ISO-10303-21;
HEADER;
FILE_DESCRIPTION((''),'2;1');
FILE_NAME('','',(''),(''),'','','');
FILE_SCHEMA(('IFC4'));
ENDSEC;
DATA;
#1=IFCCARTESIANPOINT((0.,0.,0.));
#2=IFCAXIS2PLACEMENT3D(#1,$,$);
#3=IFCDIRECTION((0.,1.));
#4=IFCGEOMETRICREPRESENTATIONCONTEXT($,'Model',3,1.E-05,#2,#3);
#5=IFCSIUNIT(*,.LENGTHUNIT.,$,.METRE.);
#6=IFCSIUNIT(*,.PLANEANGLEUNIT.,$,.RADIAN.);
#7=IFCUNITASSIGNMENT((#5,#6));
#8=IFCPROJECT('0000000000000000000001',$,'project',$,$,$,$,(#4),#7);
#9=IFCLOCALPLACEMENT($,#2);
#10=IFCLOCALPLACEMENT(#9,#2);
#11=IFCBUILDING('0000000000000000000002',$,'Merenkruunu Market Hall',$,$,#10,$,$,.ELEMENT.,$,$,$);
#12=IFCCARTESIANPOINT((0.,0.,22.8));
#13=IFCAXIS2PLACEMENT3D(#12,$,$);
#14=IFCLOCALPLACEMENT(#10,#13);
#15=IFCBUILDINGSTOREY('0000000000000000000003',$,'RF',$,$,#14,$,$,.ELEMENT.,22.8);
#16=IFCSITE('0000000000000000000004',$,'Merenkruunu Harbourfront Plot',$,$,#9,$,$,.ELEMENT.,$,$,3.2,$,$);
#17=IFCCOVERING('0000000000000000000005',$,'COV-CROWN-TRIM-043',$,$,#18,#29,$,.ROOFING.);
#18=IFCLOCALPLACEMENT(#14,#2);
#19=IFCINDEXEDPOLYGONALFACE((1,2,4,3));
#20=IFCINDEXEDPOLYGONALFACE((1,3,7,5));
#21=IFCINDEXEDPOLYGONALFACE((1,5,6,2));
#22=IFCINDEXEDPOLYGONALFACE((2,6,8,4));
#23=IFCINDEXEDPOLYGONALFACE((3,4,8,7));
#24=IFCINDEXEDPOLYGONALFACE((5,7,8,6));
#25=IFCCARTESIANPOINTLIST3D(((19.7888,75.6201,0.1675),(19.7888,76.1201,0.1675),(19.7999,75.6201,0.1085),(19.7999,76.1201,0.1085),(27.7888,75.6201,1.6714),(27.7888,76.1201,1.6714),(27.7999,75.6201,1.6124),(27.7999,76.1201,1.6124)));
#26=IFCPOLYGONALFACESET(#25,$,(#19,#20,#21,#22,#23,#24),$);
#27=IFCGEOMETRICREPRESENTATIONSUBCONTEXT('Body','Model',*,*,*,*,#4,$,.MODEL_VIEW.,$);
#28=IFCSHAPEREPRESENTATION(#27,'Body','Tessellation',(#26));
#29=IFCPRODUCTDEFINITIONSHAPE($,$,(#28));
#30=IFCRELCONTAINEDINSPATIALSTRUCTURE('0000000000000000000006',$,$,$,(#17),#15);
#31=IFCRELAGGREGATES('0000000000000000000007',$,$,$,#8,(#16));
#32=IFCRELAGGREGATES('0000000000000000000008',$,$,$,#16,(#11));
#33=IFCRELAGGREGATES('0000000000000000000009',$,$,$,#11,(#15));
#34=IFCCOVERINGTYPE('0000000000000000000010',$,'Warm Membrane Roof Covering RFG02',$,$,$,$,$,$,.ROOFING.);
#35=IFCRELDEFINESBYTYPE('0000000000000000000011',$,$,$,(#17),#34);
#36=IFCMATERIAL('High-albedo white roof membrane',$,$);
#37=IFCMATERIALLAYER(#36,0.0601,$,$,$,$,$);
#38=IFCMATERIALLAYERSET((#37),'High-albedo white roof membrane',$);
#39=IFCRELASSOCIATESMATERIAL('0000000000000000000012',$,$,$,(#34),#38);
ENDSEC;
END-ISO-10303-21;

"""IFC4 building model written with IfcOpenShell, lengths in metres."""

from ifc_helpers import new_model, si_unit, direction, frame, origin, place, context, subcontext, project, spatial, polyline, outline, extrude, material, layer, layer_set, type_object, element, save


model = new_model("IFC4")

# Units and contexts
model_context = context("Model", 3, precision=1e-05, world=origin(), true_north=direction((0.0, 1.0)))
body_context = subcontext(model_context, "Body", "Model", "MODEL_VIEW")
ifc_project = project(units=[si_unit("LENGTHUNIT", "METRE"), si_unit("PLANEANGLEUNIT", "RADIAN")], contexts=[model_context])

# Site, building, storey
site_placement = place(None, origin())
site = spatial("IfcSite", under=ifc_project, at=site_placement, Name="Merenkruunu Harbourfront Plot", CompositionType="ELEMENT", RefElevation=3.2)
building_placement = place(site_placement, origin())
building = spatial("IfcBuilding", under=site, at=building_placement, Name="Merenkruunu Market Hall", CompositionType="ELEMENT")
storey_placement = place(building_placement, frame((0.0, 0.0, 22.8)))
storey = spatial("IfcBuildingStorey", under=building, at=storey_placement, Name="RF", CompositionType="ELEMENT", Elevation=22.8)

# Covering
ifc_material_1 = material(Name="High-albedo white roof membrane")
ifc_layer_1 = layer(ifc_material_1, 0.0601)
ifc_layer_set_1 = layer_set([ifc_layer_1], Name="High-albedo white roof membrane")
covering_type_1 = type_object("IfcCoveringType", Name="Warm Membrane Roof Covering RFG02", PredefinedType="ROOFING", material=ifc_layer_set_1)
covering_1_placement = place(storey_placement, frame((19.7888, 75.6201, 0.1675), z_axis=(-0.184752, 0.0, 0.982785), x_axis=(0.982785, 0.0, 0.184752)))
element("IfcCovering", 1, at=covering_1_placement, inside=storey, type_object=covering_type_1, Name="COV-CROWN-TRIM-043", PredefinedType="ROOFING", context=body_context, shape_type="SweptSolid", body=[
    extrude(outline(polyline([(0.0, 0.0), (8.1401, 0.0), (8.1401, 0.5), (0.0, 0.5), (0.0, 0.0)])), origin(), (0.0, 0.0, -1.0), 0.0601),
])

save(model, "model.ifc")
